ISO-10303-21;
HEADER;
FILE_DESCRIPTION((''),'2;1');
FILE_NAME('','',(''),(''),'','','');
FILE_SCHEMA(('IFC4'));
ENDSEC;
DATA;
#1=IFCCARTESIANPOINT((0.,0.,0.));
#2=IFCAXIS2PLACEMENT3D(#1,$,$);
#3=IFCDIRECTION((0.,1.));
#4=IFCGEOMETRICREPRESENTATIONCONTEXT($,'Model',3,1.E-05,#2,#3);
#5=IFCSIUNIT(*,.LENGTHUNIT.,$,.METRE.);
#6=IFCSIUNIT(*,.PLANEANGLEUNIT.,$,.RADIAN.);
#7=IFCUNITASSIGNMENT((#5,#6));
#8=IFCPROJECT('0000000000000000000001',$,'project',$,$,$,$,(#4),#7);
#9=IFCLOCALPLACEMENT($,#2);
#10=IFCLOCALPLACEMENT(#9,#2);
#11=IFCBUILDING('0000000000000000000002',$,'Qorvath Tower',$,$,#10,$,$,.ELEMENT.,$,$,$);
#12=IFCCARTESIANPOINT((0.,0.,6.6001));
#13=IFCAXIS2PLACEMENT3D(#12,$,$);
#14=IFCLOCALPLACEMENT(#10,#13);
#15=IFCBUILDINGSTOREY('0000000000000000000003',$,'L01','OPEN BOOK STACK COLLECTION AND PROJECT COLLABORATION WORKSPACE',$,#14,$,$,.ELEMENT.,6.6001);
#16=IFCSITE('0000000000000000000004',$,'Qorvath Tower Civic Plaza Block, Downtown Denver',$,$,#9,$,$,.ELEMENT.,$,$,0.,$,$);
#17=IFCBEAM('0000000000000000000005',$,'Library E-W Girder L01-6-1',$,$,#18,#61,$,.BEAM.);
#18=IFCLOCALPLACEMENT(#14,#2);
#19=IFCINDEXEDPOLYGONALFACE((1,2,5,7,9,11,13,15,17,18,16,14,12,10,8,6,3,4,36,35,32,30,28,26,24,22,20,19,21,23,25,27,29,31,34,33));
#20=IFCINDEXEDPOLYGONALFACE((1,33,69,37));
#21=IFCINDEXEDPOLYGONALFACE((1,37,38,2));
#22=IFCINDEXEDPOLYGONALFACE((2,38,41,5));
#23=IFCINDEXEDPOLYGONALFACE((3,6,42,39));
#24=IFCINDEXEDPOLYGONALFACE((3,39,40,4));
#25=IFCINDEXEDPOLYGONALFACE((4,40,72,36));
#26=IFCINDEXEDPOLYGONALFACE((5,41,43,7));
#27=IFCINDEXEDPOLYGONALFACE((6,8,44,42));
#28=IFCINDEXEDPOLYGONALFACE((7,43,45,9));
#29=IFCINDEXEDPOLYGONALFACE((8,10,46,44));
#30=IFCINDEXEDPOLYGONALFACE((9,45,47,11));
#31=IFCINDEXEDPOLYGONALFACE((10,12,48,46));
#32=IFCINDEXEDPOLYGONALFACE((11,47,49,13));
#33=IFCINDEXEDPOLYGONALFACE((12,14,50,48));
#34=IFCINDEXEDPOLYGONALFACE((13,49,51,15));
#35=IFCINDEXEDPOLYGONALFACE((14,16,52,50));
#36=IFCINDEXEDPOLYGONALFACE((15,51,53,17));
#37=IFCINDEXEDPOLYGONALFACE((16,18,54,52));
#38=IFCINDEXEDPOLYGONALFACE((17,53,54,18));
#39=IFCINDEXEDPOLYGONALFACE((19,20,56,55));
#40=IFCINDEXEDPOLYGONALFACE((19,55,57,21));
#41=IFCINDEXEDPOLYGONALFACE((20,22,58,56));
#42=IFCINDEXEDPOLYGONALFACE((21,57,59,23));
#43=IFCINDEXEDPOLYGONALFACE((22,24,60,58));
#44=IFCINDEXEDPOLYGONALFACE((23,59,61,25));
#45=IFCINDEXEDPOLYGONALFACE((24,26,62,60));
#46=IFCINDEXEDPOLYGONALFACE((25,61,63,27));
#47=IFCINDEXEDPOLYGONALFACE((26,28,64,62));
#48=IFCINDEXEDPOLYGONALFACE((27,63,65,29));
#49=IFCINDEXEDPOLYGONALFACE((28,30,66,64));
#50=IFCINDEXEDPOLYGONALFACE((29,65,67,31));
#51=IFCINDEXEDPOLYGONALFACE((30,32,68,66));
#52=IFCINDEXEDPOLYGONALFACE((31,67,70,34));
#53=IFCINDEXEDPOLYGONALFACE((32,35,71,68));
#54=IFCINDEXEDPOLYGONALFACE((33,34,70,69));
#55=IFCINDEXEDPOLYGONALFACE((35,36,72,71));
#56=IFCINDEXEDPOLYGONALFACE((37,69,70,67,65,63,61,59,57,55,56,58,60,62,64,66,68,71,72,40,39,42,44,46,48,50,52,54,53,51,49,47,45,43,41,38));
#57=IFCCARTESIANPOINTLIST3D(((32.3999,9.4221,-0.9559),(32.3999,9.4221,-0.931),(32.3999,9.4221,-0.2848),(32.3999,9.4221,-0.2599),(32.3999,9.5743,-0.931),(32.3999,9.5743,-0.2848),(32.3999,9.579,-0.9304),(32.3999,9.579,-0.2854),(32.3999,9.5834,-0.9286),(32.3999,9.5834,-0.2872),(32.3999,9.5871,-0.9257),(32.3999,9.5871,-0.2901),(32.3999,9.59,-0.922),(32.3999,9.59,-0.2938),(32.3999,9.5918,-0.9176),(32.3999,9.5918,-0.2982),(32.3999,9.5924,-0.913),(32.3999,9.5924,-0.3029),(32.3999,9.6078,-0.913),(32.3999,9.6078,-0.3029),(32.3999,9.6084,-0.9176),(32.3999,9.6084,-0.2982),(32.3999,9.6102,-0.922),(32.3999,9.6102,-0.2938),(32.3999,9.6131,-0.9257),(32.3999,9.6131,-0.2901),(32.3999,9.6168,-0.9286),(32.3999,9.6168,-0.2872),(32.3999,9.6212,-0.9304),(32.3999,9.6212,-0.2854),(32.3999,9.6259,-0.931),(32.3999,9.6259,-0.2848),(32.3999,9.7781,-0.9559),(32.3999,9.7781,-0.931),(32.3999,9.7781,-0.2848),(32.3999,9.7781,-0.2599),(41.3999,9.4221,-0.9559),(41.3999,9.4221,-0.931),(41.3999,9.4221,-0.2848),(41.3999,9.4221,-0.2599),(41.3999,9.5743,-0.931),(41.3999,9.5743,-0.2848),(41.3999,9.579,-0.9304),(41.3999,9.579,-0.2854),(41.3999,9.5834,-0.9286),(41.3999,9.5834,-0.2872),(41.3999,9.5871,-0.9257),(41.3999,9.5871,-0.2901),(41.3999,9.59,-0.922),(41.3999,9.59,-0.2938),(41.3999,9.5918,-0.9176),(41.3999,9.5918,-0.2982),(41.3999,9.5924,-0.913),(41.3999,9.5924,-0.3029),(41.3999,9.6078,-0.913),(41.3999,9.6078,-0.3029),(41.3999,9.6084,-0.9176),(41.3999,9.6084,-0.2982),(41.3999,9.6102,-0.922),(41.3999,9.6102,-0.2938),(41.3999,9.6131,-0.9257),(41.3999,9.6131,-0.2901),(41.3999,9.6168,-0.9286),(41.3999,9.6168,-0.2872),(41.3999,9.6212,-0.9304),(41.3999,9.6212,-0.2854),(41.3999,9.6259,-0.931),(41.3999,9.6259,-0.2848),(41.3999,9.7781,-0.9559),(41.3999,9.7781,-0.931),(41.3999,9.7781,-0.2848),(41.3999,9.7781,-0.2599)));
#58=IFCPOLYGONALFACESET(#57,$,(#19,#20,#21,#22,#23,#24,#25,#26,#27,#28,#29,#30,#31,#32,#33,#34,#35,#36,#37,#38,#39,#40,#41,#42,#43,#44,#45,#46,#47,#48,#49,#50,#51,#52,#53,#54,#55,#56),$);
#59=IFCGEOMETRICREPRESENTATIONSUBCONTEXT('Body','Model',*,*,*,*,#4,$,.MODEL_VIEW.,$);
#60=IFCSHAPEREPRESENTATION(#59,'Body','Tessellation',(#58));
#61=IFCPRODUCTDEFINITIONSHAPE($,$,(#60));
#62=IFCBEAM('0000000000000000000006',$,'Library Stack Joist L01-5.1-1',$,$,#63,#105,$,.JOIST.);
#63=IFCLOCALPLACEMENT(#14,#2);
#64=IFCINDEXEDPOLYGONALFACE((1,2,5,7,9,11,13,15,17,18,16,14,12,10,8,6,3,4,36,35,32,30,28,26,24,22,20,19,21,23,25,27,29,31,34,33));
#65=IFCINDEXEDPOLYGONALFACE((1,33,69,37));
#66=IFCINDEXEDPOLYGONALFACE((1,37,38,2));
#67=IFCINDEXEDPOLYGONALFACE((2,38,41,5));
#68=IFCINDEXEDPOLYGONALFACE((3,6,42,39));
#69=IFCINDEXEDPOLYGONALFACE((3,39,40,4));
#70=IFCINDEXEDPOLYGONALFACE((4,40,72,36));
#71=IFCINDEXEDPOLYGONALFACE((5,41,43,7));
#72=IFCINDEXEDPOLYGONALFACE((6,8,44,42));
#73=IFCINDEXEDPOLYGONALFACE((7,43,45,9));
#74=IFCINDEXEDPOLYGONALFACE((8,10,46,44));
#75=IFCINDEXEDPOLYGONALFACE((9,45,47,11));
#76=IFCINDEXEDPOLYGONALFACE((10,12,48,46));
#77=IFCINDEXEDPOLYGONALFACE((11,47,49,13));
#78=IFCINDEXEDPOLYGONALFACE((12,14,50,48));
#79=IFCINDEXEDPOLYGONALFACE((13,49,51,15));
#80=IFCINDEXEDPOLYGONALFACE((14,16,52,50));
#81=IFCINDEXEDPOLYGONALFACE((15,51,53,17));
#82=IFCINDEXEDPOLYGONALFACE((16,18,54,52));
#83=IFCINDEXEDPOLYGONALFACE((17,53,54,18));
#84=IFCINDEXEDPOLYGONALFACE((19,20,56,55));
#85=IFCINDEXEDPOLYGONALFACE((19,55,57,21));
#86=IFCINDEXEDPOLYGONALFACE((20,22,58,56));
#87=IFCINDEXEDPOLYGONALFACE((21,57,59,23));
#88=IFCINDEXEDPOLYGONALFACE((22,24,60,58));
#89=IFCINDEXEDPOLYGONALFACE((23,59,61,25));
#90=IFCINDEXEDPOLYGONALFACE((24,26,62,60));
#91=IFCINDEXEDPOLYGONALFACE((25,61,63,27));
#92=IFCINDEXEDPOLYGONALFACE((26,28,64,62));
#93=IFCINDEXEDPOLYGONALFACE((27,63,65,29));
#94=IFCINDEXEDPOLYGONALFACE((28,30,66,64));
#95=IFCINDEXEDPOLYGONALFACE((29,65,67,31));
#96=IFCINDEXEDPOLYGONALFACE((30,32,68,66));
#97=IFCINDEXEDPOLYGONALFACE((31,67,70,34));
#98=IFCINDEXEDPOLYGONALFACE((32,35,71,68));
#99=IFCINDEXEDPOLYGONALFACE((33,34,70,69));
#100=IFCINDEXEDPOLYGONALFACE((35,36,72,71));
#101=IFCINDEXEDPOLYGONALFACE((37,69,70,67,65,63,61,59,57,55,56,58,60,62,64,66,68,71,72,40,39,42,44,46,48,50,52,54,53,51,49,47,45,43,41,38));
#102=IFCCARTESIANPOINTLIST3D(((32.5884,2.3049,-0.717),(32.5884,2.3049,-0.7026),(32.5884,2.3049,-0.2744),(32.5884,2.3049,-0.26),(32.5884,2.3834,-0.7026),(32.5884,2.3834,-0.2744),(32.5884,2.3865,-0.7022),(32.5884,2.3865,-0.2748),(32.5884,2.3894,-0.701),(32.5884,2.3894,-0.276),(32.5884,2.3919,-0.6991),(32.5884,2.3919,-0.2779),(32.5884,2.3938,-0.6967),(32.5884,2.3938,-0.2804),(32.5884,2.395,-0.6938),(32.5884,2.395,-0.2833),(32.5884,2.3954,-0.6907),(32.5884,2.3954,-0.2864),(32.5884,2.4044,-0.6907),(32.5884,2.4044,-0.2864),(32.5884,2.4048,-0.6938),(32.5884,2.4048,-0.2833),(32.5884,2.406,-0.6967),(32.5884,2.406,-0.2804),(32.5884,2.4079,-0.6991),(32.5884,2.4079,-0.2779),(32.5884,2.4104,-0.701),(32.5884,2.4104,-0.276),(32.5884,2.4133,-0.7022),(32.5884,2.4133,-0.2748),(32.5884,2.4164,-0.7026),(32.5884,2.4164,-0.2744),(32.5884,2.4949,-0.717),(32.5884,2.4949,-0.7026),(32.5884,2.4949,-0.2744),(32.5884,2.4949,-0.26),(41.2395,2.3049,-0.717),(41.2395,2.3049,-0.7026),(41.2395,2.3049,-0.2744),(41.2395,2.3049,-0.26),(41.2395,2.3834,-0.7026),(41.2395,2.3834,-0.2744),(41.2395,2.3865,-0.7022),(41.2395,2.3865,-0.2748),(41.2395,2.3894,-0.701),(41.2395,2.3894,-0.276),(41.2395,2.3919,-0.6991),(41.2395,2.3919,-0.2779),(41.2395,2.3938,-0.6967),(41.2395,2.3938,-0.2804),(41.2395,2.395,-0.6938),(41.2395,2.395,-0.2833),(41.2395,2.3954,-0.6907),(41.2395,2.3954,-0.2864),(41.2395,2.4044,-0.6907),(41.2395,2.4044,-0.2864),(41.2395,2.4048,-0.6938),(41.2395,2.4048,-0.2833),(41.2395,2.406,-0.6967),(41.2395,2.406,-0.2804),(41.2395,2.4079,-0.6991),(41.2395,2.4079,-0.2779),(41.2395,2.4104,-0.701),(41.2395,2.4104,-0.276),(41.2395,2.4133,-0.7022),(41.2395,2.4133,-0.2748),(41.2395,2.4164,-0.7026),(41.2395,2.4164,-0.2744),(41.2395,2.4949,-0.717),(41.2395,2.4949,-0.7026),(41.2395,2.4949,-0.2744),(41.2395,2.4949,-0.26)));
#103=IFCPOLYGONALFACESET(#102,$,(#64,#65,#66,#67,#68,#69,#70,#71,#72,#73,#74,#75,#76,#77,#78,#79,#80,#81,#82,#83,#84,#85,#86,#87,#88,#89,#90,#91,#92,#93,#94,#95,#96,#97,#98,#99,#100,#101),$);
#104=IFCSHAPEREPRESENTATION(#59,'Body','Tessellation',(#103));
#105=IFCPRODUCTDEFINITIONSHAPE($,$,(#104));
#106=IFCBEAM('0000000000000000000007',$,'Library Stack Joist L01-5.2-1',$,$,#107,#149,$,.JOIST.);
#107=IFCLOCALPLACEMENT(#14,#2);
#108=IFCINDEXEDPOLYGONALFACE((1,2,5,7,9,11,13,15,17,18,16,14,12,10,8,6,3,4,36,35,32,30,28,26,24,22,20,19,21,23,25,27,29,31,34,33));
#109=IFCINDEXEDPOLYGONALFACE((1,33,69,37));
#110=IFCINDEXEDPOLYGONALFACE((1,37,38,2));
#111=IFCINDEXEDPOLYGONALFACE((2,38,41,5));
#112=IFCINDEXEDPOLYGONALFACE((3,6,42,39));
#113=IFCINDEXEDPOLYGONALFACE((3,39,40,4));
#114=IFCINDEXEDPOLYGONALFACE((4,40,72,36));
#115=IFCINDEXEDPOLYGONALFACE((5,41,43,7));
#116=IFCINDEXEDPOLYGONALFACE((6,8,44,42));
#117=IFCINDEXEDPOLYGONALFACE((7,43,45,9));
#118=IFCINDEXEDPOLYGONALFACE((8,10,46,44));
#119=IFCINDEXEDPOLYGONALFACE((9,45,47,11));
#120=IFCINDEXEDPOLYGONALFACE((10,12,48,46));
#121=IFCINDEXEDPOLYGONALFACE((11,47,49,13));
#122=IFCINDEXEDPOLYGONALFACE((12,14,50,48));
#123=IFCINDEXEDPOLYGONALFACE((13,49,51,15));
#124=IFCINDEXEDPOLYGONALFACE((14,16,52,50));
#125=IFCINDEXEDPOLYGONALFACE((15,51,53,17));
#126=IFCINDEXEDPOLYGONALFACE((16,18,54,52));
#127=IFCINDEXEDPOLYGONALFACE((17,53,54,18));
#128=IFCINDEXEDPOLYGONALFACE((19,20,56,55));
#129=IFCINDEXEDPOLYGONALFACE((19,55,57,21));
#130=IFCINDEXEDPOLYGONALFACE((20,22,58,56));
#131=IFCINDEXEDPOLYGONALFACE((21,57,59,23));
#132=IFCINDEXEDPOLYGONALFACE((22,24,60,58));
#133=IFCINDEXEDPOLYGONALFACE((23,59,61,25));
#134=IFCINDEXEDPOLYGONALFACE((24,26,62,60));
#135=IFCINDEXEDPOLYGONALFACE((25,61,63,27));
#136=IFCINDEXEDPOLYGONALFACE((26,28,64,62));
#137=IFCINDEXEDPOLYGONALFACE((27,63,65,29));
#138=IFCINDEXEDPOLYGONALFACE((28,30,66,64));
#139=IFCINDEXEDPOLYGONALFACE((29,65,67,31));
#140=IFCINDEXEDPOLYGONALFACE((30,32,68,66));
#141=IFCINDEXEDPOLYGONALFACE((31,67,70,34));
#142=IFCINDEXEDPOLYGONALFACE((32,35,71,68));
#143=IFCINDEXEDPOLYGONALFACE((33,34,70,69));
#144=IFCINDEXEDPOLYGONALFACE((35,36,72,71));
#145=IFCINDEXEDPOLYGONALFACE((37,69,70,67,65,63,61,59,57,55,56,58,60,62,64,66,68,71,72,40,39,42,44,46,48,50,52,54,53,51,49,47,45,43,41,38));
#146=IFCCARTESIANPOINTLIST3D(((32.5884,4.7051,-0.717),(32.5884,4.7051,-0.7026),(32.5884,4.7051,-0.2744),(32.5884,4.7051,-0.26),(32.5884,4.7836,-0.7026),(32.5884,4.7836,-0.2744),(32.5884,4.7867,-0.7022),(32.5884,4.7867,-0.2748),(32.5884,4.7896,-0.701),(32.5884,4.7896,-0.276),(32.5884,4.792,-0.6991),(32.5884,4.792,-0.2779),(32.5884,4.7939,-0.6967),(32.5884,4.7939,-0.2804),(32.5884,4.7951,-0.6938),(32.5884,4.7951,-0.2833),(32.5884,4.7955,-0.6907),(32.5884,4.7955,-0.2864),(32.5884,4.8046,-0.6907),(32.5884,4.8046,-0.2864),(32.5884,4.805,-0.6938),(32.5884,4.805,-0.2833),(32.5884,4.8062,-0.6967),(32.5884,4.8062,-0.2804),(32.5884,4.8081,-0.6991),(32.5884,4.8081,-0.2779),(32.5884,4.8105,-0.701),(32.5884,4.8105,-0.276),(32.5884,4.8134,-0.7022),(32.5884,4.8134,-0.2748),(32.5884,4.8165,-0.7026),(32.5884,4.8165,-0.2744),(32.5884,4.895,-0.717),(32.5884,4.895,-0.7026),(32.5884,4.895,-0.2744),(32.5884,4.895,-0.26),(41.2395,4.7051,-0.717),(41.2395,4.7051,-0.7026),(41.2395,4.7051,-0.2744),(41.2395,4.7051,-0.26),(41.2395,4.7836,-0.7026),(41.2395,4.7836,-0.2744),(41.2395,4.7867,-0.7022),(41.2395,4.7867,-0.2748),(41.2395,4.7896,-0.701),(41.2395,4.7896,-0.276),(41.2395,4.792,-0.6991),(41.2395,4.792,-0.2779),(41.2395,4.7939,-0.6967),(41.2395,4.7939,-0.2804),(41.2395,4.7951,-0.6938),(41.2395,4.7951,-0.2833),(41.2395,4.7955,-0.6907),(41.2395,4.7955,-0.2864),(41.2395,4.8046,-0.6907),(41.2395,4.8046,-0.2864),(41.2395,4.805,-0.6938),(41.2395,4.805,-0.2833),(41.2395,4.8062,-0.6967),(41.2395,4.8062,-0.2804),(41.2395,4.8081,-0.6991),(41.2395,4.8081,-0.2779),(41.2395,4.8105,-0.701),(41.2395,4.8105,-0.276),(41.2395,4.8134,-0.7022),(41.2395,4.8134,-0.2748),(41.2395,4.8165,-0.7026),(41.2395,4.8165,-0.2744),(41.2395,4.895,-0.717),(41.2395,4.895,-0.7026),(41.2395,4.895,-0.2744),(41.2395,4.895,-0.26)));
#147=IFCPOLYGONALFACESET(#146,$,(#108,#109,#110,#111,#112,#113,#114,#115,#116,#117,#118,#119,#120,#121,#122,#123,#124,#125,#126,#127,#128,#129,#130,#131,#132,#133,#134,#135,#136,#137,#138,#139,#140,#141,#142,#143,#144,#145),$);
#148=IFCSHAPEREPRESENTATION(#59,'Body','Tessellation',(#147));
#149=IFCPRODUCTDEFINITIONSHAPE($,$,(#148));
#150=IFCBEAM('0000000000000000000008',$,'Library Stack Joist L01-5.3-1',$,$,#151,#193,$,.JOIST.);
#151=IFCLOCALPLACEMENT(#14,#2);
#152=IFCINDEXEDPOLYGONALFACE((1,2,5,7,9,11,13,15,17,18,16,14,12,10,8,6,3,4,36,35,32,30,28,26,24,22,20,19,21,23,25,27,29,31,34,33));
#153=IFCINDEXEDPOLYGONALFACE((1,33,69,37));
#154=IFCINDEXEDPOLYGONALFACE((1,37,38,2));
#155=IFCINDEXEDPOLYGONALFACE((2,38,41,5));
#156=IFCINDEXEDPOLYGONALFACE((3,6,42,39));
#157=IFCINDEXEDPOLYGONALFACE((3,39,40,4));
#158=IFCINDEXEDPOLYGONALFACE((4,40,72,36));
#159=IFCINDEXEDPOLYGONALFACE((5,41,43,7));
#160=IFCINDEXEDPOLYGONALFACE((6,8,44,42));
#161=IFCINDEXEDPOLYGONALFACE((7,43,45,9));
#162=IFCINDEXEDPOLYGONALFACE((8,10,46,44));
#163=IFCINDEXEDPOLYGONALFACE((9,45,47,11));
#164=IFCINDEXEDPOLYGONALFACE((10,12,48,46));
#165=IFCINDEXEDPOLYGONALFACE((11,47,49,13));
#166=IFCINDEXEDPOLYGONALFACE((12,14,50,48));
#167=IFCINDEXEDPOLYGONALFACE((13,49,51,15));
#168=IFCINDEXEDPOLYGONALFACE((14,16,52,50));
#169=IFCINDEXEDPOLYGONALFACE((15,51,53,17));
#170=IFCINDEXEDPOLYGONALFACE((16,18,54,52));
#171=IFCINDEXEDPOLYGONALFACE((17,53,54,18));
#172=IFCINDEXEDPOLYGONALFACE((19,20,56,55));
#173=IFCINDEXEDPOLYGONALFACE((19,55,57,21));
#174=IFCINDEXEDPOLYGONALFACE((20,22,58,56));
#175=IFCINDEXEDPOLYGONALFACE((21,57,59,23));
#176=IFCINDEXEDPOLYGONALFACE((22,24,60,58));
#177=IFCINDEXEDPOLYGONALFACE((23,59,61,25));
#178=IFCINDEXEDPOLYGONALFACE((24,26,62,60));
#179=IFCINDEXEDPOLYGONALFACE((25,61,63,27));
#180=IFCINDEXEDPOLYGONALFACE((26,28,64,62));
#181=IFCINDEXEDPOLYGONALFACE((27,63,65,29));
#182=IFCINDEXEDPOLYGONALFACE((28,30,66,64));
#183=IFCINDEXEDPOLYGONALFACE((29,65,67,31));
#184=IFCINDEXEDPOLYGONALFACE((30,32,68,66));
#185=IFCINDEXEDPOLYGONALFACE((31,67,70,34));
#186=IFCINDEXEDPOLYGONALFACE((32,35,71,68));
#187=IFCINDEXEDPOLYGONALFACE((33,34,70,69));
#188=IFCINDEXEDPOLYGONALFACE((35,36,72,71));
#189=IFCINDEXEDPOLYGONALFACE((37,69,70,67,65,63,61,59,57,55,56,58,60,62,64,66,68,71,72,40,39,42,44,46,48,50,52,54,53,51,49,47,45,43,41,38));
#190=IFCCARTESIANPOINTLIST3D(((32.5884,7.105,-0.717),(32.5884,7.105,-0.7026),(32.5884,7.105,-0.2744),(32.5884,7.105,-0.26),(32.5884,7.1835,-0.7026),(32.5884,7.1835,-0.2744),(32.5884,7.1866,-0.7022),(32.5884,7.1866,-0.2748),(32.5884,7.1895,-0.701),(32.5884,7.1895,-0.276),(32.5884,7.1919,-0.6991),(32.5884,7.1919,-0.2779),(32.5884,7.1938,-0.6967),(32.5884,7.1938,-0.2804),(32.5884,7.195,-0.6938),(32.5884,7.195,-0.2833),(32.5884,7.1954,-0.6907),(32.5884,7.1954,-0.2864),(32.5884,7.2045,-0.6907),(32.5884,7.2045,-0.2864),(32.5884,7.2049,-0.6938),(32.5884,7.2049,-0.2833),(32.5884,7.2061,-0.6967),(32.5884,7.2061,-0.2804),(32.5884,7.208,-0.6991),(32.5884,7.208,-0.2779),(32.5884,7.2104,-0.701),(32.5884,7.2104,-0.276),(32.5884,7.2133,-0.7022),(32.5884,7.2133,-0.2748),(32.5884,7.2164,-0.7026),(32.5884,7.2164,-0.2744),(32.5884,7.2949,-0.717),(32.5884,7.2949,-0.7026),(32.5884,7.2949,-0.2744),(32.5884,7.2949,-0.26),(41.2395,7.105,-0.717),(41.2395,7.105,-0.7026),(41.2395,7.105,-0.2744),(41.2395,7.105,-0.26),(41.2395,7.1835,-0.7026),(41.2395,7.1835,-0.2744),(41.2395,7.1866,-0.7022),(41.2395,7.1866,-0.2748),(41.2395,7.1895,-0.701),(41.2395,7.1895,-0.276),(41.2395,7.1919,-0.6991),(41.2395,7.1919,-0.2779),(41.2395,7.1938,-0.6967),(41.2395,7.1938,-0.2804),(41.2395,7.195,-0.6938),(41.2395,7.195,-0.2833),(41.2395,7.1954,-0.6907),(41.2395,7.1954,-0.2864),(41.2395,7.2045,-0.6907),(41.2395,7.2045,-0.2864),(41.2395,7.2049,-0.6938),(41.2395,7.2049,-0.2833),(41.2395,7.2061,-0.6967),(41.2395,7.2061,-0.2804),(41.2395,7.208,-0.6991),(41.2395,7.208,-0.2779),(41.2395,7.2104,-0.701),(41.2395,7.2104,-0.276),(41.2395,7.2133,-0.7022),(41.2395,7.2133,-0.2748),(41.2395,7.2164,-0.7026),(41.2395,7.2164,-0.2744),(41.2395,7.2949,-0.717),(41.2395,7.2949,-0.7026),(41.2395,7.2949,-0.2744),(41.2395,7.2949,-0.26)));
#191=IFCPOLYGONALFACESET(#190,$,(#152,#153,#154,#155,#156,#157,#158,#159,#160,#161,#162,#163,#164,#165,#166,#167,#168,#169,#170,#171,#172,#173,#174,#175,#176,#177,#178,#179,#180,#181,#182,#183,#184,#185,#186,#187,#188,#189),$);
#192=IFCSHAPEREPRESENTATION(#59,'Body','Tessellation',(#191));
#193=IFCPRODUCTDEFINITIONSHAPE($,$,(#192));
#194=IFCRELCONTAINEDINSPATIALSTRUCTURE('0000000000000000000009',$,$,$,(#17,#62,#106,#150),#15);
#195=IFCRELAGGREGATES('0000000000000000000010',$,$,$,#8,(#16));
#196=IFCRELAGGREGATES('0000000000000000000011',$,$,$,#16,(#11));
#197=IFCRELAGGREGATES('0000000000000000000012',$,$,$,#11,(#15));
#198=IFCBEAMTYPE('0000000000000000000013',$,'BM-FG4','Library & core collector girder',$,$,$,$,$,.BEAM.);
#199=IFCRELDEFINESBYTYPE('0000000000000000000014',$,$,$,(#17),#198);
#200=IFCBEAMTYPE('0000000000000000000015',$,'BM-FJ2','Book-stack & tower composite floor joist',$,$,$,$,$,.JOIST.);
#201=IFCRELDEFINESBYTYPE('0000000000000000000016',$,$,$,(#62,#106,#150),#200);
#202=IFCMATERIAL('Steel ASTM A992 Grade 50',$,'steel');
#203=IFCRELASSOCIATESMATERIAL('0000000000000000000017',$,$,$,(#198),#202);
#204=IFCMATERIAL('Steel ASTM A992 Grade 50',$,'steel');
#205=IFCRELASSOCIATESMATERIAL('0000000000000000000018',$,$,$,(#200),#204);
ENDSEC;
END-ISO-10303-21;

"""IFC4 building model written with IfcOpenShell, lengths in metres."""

from ifc_helpers import new_model, si_unit, direction, frame, origin, origin_2d, place, context, subcontext, project, spatial, i_section, extrude, material, material_profile, profile_set, type_object, element, save


model = new_model("IFC4")

# Units and contexts
model_context = context("Model", 3, precision=1e-05, world=origin(), true_north=direction((0.0, 1.0)))
body_context = subcontext(model_context, "Body", "Model", "MODEL_VIEW")
ifc_project = project(units=[si_unit("LENGTHUNIT", "METRE"), si_unit("PLANEANGLEUNIT", "RADIAN")], contexts=[model_context])

# Site, building, storey
site_placement = place(None, origin())
site = spatial("IfcSite", under=ifc_project, at=site_placement, Name="Qorvath Tower Civic Plaza Block, Downtown Denver", CompositionType="ELEMENT", RefElevation=0.0)
building_placement = place(site_placement, origin())
building = spatial("IfcBuilding", under=site, at=building_placement, Name="Qorvath Tower", CompositionType="ELEMENT")
storey_placement = place(building_placement, frame((0.0, 0.0, 6.6001)))
storey = spatial("IfcBuildingStorey", under=building, at=storey_placement, Name="L01", Description="OPEN BOOK STACK COLLECTION AND PROJECT COLLABORATION WORKSPACE", CompositionType="ELEMENT", Elevation=6.6001)

# Beams
ifc_material_1 = material(Name="Steel ASTM A992 Grade 50", Category="steel")
ifc_material_profile_1 = material_profile(ifc_material_1, i_section(OverallWidth=0.356, OverallDepth=0.696, WebThickness=0.0154, FlangeThickness=0.0249, FilletRadius=0.0181, at=origin_2d()), Name="W27x146")
ifc_profile_set_1 = profile_set([ifc_material_profile_1], Name="Steel ASTM A992 Grade 50")
beam_type_1 = type_object("IfcBeamType", Name="BM-FG4", Description="Library & core collector girder", PredefinedType="BEAM", material=ifc_profile_set_1)
for number, where, z_axis, x_axis, name in (
    (1, (32.3999, 9.6001, -0.6079), (1.0, 0.0, 0.0), (0.0, 1.0, 0.0), "Library E-W Girder L01-6-1"),
):
    element("IfcBeam", number, at=place(storey_placement, frame(where, z_axis=z_axis, x_axis=x_axis)), inside=storey, type_object=beam_type_1, Name=name, PredefinedType="BEAM", context=body_context, shape_type="SweptSolid", body=[
        extrude(i_section(OverallWidth=0.356, OverallDepth=0.696, WebThickness=0.0154, FlangeThickness=0.0249, FilletRadius=0.0181, at=origin_2d()), origin(), (0.0, 0.0, 1.0), 9.0),
    ])
ifc_material_2 = material(Name="Steel ASTM A992 Grade 50", Category="steel")
ifc_material_profile_2 = material_profile(ifc_material_2, i_section(OverallWidth=0.1899, OverallDepth=0.457, WebThickness=0.009, FlangeThickness=0.0144, FilletRadius=0.012, at=origin_2d()), Name="W18x50")
ifc_profile_set_2 = profile_set([ifc_material_profile_2], Name="Steel ASTM A992 Grade 50")
beam_type_2 = type_object("IfcBeamType", Name="BM-FJ2", Description="Book-stack & tower composite floor joist", PredefinedType="JOIST", material=ifc_profile_set_2)
for number, where, z_axis, x_axis, name in (
    (2, (32.5884, 2.3999, -0.4885), (1.0, 0.0, 0.0), (0.0, 1.0, 0.0), "Library Stack Joist L01-5.1-1"),
    (3, (32.5884, 4.8, -0.4885), (1.0, 0.0, 0.0), (0.0, 1.0, 0.0), "Library Stack Joist L01-5.2-1"),
    (4, (32.5884, 7.2, -0.4885), (1.0, 0.0, 0.0), (0.0, 1.0, 0.0), "Library Stack Joist L01-5.3-1"),
):
    element("IfcBeam", number, at=place(storey_placement, frame(where, z_axis=z_axis, x_axis=x_axis)), inside=storey, type_object=beam_type_2, Name=name, PredefinedType="JOIST", context=body_context, shape_type="SweptSolid", body=[
        extrude(i_section(OverallWidth=0.1899, OverallDepth=0.457, WebThickness=0.009, FlangeThickness=0.0144, FilletRadius=0.012, at=origin_2d()), origin(), (0.0, 0.0, 1.0), 8.6511),
    ])

save(model, "model.ifc")
